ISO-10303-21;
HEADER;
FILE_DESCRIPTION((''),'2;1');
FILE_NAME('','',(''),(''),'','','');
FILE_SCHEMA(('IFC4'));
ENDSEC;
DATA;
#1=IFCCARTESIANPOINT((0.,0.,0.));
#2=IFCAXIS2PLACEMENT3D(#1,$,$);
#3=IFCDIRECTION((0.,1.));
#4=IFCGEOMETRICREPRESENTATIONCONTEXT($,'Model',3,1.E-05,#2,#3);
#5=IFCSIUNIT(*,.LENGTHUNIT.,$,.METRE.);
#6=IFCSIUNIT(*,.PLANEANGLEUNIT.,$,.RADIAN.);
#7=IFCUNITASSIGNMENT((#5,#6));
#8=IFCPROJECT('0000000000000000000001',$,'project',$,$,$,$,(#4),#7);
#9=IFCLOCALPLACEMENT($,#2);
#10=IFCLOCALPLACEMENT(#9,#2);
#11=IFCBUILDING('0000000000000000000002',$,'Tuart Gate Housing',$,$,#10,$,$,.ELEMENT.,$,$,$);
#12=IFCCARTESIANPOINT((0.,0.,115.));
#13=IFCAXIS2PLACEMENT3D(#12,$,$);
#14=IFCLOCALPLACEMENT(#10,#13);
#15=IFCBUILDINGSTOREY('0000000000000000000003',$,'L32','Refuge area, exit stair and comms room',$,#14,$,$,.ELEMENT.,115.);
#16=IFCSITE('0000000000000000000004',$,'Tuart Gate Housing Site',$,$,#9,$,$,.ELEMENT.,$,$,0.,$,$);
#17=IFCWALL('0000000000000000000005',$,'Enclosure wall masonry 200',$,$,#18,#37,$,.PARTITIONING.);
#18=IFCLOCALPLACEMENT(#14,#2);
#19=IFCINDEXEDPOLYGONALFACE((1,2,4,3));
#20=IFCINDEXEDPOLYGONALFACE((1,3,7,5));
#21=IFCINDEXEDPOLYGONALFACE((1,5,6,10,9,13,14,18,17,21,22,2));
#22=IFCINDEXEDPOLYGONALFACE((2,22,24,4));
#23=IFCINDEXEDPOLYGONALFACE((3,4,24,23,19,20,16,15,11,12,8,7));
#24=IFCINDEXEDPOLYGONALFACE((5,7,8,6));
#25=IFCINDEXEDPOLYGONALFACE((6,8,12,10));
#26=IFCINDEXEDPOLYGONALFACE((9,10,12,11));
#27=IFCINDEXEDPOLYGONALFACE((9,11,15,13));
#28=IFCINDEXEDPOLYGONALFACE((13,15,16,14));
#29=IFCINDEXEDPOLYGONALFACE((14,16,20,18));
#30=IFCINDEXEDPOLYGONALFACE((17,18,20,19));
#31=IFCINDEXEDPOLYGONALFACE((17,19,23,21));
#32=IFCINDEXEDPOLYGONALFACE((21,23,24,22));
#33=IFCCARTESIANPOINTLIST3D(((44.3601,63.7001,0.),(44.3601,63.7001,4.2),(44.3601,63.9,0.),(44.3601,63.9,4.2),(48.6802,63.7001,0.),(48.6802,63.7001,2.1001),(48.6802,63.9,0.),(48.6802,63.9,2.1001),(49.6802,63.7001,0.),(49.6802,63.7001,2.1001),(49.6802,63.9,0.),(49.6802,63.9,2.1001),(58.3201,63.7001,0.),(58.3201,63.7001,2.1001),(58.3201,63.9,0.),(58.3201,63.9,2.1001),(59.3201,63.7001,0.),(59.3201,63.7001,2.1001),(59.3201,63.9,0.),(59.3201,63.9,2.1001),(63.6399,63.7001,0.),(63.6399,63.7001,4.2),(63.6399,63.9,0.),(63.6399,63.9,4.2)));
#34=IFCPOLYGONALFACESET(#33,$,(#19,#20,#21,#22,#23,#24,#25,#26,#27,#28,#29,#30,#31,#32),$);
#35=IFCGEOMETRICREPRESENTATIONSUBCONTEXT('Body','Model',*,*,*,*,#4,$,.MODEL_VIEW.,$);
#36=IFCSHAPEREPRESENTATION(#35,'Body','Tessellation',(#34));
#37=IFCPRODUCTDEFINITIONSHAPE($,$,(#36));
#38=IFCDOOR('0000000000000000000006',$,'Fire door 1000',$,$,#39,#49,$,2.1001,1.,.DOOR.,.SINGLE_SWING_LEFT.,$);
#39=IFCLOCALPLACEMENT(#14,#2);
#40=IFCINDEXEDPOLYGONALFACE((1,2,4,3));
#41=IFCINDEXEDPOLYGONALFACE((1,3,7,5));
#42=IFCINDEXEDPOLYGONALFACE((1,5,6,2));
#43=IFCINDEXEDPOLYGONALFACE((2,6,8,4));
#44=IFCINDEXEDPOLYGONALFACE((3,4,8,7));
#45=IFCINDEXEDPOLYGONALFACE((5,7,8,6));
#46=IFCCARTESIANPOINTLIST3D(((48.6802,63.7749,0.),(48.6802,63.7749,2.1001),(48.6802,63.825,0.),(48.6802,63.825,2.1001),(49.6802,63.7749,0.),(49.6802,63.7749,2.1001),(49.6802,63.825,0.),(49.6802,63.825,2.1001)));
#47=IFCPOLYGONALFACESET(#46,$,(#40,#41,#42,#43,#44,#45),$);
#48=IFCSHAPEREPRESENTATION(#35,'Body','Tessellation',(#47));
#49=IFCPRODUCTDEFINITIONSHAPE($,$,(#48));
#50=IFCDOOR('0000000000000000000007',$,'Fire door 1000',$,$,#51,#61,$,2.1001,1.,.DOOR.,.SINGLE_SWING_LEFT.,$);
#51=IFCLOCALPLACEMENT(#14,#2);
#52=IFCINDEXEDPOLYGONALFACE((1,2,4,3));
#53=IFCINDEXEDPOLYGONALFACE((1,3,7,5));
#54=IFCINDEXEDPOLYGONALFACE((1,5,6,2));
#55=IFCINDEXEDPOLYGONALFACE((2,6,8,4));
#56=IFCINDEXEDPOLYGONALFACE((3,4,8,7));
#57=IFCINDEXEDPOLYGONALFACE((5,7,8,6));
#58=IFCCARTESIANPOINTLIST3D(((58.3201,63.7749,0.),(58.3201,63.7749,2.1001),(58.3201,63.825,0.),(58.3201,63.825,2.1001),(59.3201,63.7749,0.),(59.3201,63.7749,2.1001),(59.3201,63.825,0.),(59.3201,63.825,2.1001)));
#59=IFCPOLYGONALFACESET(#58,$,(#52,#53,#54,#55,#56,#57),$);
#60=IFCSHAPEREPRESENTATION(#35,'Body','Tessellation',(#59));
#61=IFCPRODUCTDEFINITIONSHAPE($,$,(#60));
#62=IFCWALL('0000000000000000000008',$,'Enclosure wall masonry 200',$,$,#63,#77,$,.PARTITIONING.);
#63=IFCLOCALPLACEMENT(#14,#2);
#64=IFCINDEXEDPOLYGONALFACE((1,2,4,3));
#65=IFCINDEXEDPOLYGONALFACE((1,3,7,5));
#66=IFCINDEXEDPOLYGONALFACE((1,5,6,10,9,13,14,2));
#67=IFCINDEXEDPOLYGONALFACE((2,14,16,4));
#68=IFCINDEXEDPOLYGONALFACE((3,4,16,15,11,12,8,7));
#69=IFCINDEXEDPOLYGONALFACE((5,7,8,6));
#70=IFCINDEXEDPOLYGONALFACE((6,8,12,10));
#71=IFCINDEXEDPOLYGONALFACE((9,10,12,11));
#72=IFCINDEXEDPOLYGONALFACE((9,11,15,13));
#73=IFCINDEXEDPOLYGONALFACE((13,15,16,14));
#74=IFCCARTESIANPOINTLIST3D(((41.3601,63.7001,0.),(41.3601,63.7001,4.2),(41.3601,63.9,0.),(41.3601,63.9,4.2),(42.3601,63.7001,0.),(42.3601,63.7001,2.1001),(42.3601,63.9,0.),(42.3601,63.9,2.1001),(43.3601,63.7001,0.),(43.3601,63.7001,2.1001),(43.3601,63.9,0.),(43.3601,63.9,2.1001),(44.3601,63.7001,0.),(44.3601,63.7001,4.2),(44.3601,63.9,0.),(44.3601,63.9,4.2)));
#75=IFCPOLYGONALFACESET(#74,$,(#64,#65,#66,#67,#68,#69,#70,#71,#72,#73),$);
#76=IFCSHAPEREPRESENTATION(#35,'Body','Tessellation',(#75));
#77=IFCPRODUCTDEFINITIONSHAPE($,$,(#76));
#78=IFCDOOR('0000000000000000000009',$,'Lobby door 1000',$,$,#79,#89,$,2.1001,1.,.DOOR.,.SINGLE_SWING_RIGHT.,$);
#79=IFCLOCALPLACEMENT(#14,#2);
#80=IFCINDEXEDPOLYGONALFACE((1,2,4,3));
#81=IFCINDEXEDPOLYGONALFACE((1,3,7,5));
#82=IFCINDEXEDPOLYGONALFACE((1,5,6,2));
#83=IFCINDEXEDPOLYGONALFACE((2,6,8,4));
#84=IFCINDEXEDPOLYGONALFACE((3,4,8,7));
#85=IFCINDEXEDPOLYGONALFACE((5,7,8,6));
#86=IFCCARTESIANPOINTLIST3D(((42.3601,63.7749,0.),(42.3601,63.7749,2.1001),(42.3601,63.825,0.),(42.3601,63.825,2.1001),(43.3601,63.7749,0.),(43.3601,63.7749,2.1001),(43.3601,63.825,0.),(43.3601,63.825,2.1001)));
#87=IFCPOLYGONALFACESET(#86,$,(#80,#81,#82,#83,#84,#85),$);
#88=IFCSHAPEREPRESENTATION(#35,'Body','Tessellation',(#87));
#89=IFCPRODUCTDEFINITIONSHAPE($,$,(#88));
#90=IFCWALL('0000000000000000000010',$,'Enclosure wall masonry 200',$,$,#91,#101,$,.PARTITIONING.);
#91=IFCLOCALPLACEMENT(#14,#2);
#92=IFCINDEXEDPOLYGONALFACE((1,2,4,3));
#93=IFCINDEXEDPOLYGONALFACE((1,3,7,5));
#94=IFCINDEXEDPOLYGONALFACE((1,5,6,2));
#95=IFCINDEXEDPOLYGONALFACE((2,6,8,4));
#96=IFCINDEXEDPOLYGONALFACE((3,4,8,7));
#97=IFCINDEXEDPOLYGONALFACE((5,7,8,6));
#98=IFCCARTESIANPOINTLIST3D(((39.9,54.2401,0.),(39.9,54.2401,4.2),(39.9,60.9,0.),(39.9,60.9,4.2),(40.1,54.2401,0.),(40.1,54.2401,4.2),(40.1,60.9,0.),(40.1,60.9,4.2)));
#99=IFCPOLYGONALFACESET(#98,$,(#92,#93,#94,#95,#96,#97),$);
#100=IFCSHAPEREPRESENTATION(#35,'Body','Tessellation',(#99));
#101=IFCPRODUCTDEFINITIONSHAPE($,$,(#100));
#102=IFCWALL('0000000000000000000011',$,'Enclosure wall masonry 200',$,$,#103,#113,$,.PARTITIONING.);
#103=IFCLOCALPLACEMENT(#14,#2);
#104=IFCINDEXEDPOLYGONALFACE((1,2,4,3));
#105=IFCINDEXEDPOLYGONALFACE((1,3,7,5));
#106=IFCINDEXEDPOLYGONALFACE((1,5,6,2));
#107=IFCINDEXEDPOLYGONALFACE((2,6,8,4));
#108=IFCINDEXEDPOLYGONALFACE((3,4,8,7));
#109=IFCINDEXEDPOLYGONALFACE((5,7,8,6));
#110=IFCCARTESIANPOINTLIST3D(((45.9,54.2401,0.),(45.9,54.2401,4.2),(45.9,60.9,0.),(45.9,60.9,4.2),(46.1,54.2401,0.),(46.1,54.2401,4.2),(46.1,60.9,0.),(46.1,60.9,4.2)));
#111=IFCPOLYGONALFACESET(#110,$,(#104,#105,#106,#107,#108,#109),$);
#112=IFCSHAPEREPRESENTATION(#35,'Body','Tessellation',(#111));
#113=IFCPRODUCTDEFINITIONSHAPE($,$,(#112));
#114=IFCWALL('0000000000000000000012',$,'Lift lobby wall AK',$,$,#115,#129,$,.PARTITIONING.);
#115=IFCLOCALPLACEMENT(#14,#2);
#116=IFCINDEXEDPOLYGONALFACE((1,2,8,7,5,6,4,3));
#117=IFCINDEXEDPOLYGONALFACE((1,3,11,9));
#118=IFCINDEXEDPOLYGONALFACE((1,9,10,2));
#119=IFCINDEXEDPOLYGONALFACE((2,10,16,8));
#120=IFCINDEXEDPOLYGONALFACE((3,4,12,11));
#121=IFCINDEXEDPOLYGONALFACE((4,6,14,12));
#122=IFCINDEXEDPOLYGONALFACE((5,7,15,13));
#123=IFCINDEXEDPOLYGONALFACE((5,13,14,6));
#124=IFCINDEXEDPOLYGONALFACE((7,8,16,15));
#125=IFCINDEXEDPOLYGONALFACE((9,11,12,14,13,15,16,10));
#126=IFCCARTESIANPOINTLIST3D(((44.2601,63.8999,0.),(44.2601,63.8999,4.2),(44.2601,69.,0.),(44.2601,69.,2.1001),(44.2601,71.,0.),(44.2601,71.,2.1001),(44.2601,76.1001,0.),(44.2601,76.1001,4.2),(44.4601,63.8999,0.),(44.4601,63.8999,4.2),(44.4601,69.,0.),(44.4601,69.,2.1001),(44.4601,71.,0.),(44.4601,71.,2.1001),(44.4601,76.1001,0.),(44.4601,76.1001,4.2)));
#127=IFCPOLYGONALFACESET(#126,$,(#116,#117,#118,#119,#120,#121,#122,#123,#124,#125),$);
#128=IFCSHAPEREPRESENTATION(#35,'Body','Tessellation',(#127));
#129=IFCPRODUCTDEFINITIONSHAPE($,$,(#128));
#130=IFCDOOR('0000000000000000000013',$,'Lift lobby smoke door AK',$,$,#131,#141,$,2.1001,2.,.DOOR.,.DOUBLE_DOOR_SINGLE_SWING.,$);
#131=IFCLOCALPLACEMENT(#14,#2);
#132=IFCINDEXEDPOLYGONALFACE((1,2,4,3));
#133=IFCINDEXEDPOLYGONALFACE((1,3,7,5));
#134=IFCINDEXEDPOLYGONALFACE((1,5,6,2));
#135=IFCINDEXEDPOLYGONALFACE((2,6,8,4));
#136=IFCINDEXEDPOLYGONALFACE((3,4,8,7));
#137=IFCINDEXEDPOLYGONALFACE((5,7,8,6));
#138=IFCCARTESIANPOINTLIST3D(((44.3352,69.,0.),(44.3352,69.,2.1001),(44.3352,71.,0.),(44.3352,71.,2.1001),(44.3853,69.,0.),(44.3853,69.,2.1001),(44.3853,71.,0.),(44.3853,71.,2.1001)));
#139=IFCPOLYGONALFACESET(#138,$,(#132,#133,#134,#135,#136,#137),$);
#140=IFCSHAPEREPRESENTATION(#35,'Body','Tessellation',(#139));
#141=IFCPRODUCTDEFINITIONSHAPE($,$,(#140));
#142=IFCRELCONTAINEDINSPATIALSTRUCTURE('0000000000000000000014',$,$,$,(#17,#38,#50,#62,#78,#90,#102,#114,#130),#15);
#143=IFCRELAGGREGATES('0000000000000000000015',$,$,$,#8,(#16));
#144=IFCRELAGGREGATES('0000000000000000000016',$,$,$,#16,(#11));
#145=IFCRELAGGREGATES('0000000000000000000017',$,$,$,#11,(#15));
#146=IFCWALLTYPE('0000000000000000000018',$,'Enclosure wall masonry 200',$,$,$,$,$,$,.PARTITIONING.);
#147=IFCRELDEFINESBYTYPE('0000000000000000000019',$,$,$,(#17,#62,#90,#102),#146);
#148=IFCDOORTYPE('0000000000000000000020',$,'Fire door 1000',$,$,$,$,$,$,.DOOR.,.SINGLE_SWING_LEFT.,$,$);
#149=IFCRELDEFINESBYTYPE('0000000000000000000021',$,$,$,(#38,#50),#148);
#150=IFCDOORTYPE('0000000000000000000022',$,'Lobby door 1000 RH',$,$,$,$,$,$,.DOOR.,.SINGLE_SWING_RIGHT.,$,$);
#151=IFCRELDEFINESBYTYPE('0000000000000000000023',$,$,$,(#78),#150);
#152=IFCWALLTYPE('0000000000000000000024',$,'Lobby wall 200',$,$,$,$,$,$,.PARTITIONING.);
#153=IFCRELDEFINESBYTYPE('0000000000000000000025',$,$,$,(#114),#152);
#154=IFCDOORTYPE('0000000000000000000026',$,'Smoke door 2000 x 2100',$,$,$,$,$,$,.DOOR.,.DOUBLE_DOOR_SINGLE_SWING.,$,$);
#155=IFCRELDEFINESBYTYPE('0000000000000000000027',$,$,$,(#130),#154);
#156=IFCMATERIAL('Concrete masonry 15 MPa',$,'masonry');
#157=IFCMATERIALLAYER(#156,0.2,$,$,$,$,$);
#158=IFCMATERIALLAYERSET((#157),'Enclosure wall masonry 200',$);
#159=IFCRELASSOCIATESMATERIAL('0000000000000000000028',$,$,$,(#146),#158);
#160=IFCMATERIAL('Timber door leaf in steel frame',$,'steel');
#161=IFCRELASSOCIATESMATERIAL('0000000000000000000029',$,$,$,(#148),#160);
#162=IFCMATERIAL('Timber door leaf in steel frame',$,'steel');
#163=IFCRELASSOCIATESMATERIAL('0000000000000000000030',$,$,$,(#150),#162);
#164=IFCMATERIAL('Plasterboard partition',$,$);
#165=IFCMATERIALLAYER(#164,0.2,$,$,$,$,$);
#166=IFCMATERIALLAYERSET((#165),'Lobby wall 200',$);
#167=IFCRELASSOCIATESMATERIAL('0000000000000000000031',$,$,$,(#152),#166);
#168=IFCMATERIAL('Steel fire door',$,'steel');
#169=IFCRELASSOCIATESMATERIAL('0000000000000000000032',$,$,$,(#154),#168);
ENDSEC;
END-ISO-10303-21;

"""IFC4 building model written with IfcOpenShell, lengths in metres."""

from ifc_helpers import new_model, si_unit, direction, frame, frame_2d, origin, place, context, subcontext, project, spatial, rectangle, extrude, material, layer, layer_set, type_object, element, fill, save


model = new_model("IFC4")

# Units and contexts
model_context = context("Model", 3, precision=1e-05, world=origin(), true_north=direction((0.0, 1.0)))
body_context = subcontext(model_context, "Body", "Model", "MODEL_VIEW")
ifc_project = project(units=[si_unit("LENGTHUNIT", "METRE"), si_unit("PLANEANGLEUNIT", "RADIAN")], contexts=[model_context])

# Site, building, storey
site_placement = place(None, origin())
site = spatial("IfcSite", under=ifc_project, at=site_placement, Name="Tuart Gate Housing Site", CompositionType="ELEMENT", RefElevation=0.0)
building_placement = place(site_placement, origin())
building = spatial("IfcBuilding", under=site, at=building_placement, Name="Tuart Gate Housing", CompositionType="ELEMENT")
storey_placement = place(building_placement, frame((0.0, 0.0, 115.0)))
storey = spatial("IfcBuildingStorey", under=building, at=storey_placement, Name="L32", Description="Refuge area, exit stair and comms room", CompositionType="ELEMENT", Elevation=115.0)

# Wall, openings, doors
ifc_material_1 = material(Name="Concrete masonry 15 MPa", Category="masonry")
ifc_layer_1 = layer(ifc_material_1, 0.2)
ifc_layer_set_1 = layer_set([ifc_layer_1], Name="Enclosure wall masonry 200")
wall_type_1 = type_object("IfcWallType", Name="Enclosure wall masonry 200", PredefinedType="PARTITIONING", material=ifc_layer_set_1)
wall_1_placement = place(storey_placement, frame((44.3601, 63.8, 0.0), z_axis=(0.0, 0.0, 1.0), x_axis=(1.0, 0.0, 0.0)))
wall_1 = element("IfcWall", 1, at=wall_1_placement, inside=storey, type_object=wall_type_1, Name="Enclosure wall masonry 200", PredefinedType="PARTITIONING", context=body_context, shape_type="SweptSolid", body=[
    extrude(rectangle(XDim=19.2798, YDim=0.2, at=frame_2d((9.6399, 0.0))), origin(), (0.0, 0.0, 1.0), 4.2),
])
opening_1_placement = place(wall_1_placement, frame((4.3201, 0.0, 0.0)))
opening_1 = element("IfcOpeningElement", 2, at=opening_1_placement, cuts=wall_1, PredefinedType="OPENING", context=body_context, shape_type="SweptSolid", body=[
    extrude(rectangle(XDim=1.0, YDim=2.1001, at=frame_2d((0.5, 1.05))), frame((0.0, 0.1099, 0.0), z_axis=(0.0, -1.0, 0.0), x_axis=(1.0, 0.0, 0.0)), (0.0, 0.0, 1.0), 0.22),
])
opening_2_placement = place(wall_1_placement, frame((13.96, 0.0, 0.0)))
opening_2 = element("IfcOpeningElement", 3, at=opening_2_placement, cuts=wall_1, PredefinedType="OPENING", context=body_context, shape_type="SweptSolid", body=[
    extrude(rectangle(XDim=1.0, YDim=2.1001, at=frame_2d((0.5, 1.05))), frame((0.0, 0.1099, 0.0), z_axis=(0.0, -1.0, 0.0), x_axis=(1.0, 0.0, 0.0)), (0.0, 0.0, 1.0), 0.22),
])
ifc_material_2 = material(Name="Timber door leaf in steel frame", Category="steel")
door_type_1 = type_object("IfcDoorType", Name="Fire door 1000", OperationType="SINGLE_SWING_LEFT", PredefinedType="DOOR", material=ifc_material_2)
door_1_placement = place(opening_1_placement, origin())
door_1 = element("IfcDoor", 4, at=door_1_placement, inside=storey, type_object=door_type_1, Name="Fire door 1000", OperationType="SINGLE_SWING_LEFT", OverallHeight=2.1001, OverallWidth=1.0, PredefinedType="DOOR", context=body_context, shape_type="SweptSolid", body=[
    extrude(rectangle(XDim=1.0, YDim=2.1001, at=frame_2d((0.5, 1.05))), frame((0.0, 0.0249, 0.0), z_axis=(0.0, -1.0, 0.0), x_axis=(1.0, 0.0, 0.0)), (0.0, 0.0, 1.0), 0.05),
])
fill(opening_1, door_1)
door_2_placement = place(opening_2_placement, origin())
door_2 = element("IfcDoor", 5, at=door_2_placement, inside=storey, type_object=door_type_1, Name="Fire door 1000", OperationType="SINGLE_SWING_LEFT", OverallHeight=2.1001, OverallWidth=1.0, PredefinedType="DOOR", context=body_context, shape_type="SweptSolid", body=[
    extrude(rectangle(XDim=1.0, YDim=2.1001, at=frame_2d((0.5, 1.05))), frame((0.0, 0.0249, 0.0), z_axis=(0.0, -1.0, 0.0), x_axis=(1.0, 0.0, 0.0)), (0.0, 0.0, 1.0), 0.05),
])
fill(opening_2, door_2)

# Wall, opening, door
wall_2_placement = place(storey_placement, frame((41.3601, 63.8, 0.0), z_axis=(0.0, 0.0, 1.0), x_axis=(1.0, 0.0, 0.0)))
wall_2 = element("IfcWall", 6, at=wall_2_placement, inside=storey, type_object=wall_type_1, Name="Enclosure wall masonry 200", PredefinedType="PARTITIONING", context=body_context, shape_type="SweptSolid", body=[
    extrude(rectangle(XDim=3.0, YDim=0.2, at=frame_2d((1.5, 0.0))), origin(), (0.0, 0.0, 1.0), 4.2),
])
opening_3_placement = place(wall_2_placement, frame((1.0, 0.0, 0.0)))
opening_3 = element("IfcOpeningElement", 7, at=opening_3_placement, cuts=wall_2, PredefinedType="OPENING", context=body_context, shape_type="SweptSolid", body=[
    extrude(rectangle(XDim=1.0, YDim=2.1001, at=frame_2d((0.5, 1.05))), frame((0.0, 0.1099, 0.0), z_axis=(0.0, -1.0, 0.0), x_axis=(1.0, 0.0, 0.0)), (0.0, 0.0, 1.0), 0.22),
])
ifc_material_3 = material(Name="Timber door leaf in steel frame", Category="steel")
door_type_2 = type_object("IfcDoorType", Name="Lobby door 1000 RH", OperationType="SINGLE_SWING_RIGHT", PredefinedType="DOOR", material=ifc_material_3)
door_3_placement = place(opening_3_placement, origin())
door_3 = element("IfcDoor", 8, at=door_3_placement, inside=storey, type_object=door_type_2, Name="Lobby door 1000", OperationType="SINGLE_SWING_RIGHT", OverallHeight=2.1001, OverallWidth=1.0, PredefinedType="DOOR", context=body_context, shape_type="SweptSolid", body=[
    extrude(rectangle(XDim=1.0, YDim=2.1001, at=frame_2d((0.5, 1.05))), frame((0.0, 0.0249, 0.0), z_axis=(0.0, -1.0, 0.0), x_axis=(1.0, 0.0, 0.0)), (0.0, 0.0, 1.0), 0.05),
])
fill(opening_3, door_3)

# Walls
for number, where, z_axis, x_axis, name in (
    (9, (40.0, 54.24, 0.0), (0.0, 0.0, 1.0), (0.0, 1.0, 0.0), "Enclosure wall masonry 200"),
    (10, (46.0, 54.24, 0.0), (0.0, 0.0, 1.0), (0.0, 1.0, 0.0), "Enclosure wall masonry 200"),
):
    element("IfcWall", number, at=place(storey_placement, frame(where, z_axis=z_axis, x_axis=x_axis)), inside=storey, type_object=wall_type_1, Name=name, PredefinedType="PARTITIONING", context=body_context, shape_type="SweptSolid", body=[
        extrude(rectangle(XDim=6.6599, YDim=0.2, at=frame_2d((3.3301, 0.0))), origin(), (0.0, 0.0, 1.0), 4.2),
    ])

# Wall, opening, door
ifc_material_4 = material(Name="Plasterboard partition")
ifc_layer_2 = layer(ifc_material_4, 0.2)
ifc_layer_set_2 = layer_set([ifc_layer_2], Name="Lobby wall 200")
wall_type_2 = type_object("IfcWallType", Name="Lobby wall 200", PredefinedType="PARTITIONING", material=ifc_layer_set_2)
wall_3_placement = place(storey_placement, frame((44.3601, 63.8999, 0.0), z_axis=(0.0, 0.0, 1.0), x_axis=(0.0, 1.0, 0.0)))
wall_3 = element("IfcWall", 11, at=wall_3_placement, inside=storey, type_object=wall_type_2, Name="Lift lobby wall AK", PredefinedType="PARTITIONING", context=body_context, shape_type="SweptSolid", body=[
    extrude(rectangle(XDim=12.2002, YDim=0.2, at=frame_2d((6.1001, 0.0))), origin(), (0.0, 0.0, 1.0), 4.2),
])
opening_4_placement = place(wall_3_placement, frame((5.1001, 0.0, 0.0)))
opening_4 = element("IfcOpeningElement", 12, at=opening_4_placement, cuts=wall_3, PredefinedType="OPENING", context=body_context, shape_type="SweptSolid", body=[
    extrude(rectangle(XDim=2.0, YDim=2.1001, at=frame_2d((1.0, 1.05))), frame((0.0, 0.1099, 0.0), z_axis=(0.0, -1.0, 0.0), x_axis=(1.0, 0.0, 0.0)), (0.0, 0.0, 1.0), 0.22),
])
ifc_material_5 = material(Name="Steel fire door", Category="steel")
door_type_3 = type_object("IfcDoorType", Name="Smoke door 2000 x 2100", OperationType="DOUBLE_DOOR_SINGLE_SWING", PredefinedType="DOOR", material=ifc_material_5)
door_4_placement = place(opening_4_placement, origin())
door_4 = element("IfcDoor", 13, at=door_4_placement, inside=storey, type_object=door_type_3, Name="Lift lobby smoke door AK", OperationType="DOUBLE_DOOR_SINGLE_SWING", OverallHeight=2.1001, OverallWidth=2.0, PredefinedType="DOOR", context=body_context, shape_type="SweptSolid", body=[
    extrude(rectangle(XDim=2.0, YDim=2.1001, at=frame_2d((1.0, 1.05))), frame((0.0, 0.0249, 0.0), z_axis=(0.0, -1.0, 0.0), x_axis=(1.0, 0.0, 0.0)), (0.0, 0.0, 1.0), 0.05),
])
fill(opening_4, door_4)

save(model, "model.ifc")
